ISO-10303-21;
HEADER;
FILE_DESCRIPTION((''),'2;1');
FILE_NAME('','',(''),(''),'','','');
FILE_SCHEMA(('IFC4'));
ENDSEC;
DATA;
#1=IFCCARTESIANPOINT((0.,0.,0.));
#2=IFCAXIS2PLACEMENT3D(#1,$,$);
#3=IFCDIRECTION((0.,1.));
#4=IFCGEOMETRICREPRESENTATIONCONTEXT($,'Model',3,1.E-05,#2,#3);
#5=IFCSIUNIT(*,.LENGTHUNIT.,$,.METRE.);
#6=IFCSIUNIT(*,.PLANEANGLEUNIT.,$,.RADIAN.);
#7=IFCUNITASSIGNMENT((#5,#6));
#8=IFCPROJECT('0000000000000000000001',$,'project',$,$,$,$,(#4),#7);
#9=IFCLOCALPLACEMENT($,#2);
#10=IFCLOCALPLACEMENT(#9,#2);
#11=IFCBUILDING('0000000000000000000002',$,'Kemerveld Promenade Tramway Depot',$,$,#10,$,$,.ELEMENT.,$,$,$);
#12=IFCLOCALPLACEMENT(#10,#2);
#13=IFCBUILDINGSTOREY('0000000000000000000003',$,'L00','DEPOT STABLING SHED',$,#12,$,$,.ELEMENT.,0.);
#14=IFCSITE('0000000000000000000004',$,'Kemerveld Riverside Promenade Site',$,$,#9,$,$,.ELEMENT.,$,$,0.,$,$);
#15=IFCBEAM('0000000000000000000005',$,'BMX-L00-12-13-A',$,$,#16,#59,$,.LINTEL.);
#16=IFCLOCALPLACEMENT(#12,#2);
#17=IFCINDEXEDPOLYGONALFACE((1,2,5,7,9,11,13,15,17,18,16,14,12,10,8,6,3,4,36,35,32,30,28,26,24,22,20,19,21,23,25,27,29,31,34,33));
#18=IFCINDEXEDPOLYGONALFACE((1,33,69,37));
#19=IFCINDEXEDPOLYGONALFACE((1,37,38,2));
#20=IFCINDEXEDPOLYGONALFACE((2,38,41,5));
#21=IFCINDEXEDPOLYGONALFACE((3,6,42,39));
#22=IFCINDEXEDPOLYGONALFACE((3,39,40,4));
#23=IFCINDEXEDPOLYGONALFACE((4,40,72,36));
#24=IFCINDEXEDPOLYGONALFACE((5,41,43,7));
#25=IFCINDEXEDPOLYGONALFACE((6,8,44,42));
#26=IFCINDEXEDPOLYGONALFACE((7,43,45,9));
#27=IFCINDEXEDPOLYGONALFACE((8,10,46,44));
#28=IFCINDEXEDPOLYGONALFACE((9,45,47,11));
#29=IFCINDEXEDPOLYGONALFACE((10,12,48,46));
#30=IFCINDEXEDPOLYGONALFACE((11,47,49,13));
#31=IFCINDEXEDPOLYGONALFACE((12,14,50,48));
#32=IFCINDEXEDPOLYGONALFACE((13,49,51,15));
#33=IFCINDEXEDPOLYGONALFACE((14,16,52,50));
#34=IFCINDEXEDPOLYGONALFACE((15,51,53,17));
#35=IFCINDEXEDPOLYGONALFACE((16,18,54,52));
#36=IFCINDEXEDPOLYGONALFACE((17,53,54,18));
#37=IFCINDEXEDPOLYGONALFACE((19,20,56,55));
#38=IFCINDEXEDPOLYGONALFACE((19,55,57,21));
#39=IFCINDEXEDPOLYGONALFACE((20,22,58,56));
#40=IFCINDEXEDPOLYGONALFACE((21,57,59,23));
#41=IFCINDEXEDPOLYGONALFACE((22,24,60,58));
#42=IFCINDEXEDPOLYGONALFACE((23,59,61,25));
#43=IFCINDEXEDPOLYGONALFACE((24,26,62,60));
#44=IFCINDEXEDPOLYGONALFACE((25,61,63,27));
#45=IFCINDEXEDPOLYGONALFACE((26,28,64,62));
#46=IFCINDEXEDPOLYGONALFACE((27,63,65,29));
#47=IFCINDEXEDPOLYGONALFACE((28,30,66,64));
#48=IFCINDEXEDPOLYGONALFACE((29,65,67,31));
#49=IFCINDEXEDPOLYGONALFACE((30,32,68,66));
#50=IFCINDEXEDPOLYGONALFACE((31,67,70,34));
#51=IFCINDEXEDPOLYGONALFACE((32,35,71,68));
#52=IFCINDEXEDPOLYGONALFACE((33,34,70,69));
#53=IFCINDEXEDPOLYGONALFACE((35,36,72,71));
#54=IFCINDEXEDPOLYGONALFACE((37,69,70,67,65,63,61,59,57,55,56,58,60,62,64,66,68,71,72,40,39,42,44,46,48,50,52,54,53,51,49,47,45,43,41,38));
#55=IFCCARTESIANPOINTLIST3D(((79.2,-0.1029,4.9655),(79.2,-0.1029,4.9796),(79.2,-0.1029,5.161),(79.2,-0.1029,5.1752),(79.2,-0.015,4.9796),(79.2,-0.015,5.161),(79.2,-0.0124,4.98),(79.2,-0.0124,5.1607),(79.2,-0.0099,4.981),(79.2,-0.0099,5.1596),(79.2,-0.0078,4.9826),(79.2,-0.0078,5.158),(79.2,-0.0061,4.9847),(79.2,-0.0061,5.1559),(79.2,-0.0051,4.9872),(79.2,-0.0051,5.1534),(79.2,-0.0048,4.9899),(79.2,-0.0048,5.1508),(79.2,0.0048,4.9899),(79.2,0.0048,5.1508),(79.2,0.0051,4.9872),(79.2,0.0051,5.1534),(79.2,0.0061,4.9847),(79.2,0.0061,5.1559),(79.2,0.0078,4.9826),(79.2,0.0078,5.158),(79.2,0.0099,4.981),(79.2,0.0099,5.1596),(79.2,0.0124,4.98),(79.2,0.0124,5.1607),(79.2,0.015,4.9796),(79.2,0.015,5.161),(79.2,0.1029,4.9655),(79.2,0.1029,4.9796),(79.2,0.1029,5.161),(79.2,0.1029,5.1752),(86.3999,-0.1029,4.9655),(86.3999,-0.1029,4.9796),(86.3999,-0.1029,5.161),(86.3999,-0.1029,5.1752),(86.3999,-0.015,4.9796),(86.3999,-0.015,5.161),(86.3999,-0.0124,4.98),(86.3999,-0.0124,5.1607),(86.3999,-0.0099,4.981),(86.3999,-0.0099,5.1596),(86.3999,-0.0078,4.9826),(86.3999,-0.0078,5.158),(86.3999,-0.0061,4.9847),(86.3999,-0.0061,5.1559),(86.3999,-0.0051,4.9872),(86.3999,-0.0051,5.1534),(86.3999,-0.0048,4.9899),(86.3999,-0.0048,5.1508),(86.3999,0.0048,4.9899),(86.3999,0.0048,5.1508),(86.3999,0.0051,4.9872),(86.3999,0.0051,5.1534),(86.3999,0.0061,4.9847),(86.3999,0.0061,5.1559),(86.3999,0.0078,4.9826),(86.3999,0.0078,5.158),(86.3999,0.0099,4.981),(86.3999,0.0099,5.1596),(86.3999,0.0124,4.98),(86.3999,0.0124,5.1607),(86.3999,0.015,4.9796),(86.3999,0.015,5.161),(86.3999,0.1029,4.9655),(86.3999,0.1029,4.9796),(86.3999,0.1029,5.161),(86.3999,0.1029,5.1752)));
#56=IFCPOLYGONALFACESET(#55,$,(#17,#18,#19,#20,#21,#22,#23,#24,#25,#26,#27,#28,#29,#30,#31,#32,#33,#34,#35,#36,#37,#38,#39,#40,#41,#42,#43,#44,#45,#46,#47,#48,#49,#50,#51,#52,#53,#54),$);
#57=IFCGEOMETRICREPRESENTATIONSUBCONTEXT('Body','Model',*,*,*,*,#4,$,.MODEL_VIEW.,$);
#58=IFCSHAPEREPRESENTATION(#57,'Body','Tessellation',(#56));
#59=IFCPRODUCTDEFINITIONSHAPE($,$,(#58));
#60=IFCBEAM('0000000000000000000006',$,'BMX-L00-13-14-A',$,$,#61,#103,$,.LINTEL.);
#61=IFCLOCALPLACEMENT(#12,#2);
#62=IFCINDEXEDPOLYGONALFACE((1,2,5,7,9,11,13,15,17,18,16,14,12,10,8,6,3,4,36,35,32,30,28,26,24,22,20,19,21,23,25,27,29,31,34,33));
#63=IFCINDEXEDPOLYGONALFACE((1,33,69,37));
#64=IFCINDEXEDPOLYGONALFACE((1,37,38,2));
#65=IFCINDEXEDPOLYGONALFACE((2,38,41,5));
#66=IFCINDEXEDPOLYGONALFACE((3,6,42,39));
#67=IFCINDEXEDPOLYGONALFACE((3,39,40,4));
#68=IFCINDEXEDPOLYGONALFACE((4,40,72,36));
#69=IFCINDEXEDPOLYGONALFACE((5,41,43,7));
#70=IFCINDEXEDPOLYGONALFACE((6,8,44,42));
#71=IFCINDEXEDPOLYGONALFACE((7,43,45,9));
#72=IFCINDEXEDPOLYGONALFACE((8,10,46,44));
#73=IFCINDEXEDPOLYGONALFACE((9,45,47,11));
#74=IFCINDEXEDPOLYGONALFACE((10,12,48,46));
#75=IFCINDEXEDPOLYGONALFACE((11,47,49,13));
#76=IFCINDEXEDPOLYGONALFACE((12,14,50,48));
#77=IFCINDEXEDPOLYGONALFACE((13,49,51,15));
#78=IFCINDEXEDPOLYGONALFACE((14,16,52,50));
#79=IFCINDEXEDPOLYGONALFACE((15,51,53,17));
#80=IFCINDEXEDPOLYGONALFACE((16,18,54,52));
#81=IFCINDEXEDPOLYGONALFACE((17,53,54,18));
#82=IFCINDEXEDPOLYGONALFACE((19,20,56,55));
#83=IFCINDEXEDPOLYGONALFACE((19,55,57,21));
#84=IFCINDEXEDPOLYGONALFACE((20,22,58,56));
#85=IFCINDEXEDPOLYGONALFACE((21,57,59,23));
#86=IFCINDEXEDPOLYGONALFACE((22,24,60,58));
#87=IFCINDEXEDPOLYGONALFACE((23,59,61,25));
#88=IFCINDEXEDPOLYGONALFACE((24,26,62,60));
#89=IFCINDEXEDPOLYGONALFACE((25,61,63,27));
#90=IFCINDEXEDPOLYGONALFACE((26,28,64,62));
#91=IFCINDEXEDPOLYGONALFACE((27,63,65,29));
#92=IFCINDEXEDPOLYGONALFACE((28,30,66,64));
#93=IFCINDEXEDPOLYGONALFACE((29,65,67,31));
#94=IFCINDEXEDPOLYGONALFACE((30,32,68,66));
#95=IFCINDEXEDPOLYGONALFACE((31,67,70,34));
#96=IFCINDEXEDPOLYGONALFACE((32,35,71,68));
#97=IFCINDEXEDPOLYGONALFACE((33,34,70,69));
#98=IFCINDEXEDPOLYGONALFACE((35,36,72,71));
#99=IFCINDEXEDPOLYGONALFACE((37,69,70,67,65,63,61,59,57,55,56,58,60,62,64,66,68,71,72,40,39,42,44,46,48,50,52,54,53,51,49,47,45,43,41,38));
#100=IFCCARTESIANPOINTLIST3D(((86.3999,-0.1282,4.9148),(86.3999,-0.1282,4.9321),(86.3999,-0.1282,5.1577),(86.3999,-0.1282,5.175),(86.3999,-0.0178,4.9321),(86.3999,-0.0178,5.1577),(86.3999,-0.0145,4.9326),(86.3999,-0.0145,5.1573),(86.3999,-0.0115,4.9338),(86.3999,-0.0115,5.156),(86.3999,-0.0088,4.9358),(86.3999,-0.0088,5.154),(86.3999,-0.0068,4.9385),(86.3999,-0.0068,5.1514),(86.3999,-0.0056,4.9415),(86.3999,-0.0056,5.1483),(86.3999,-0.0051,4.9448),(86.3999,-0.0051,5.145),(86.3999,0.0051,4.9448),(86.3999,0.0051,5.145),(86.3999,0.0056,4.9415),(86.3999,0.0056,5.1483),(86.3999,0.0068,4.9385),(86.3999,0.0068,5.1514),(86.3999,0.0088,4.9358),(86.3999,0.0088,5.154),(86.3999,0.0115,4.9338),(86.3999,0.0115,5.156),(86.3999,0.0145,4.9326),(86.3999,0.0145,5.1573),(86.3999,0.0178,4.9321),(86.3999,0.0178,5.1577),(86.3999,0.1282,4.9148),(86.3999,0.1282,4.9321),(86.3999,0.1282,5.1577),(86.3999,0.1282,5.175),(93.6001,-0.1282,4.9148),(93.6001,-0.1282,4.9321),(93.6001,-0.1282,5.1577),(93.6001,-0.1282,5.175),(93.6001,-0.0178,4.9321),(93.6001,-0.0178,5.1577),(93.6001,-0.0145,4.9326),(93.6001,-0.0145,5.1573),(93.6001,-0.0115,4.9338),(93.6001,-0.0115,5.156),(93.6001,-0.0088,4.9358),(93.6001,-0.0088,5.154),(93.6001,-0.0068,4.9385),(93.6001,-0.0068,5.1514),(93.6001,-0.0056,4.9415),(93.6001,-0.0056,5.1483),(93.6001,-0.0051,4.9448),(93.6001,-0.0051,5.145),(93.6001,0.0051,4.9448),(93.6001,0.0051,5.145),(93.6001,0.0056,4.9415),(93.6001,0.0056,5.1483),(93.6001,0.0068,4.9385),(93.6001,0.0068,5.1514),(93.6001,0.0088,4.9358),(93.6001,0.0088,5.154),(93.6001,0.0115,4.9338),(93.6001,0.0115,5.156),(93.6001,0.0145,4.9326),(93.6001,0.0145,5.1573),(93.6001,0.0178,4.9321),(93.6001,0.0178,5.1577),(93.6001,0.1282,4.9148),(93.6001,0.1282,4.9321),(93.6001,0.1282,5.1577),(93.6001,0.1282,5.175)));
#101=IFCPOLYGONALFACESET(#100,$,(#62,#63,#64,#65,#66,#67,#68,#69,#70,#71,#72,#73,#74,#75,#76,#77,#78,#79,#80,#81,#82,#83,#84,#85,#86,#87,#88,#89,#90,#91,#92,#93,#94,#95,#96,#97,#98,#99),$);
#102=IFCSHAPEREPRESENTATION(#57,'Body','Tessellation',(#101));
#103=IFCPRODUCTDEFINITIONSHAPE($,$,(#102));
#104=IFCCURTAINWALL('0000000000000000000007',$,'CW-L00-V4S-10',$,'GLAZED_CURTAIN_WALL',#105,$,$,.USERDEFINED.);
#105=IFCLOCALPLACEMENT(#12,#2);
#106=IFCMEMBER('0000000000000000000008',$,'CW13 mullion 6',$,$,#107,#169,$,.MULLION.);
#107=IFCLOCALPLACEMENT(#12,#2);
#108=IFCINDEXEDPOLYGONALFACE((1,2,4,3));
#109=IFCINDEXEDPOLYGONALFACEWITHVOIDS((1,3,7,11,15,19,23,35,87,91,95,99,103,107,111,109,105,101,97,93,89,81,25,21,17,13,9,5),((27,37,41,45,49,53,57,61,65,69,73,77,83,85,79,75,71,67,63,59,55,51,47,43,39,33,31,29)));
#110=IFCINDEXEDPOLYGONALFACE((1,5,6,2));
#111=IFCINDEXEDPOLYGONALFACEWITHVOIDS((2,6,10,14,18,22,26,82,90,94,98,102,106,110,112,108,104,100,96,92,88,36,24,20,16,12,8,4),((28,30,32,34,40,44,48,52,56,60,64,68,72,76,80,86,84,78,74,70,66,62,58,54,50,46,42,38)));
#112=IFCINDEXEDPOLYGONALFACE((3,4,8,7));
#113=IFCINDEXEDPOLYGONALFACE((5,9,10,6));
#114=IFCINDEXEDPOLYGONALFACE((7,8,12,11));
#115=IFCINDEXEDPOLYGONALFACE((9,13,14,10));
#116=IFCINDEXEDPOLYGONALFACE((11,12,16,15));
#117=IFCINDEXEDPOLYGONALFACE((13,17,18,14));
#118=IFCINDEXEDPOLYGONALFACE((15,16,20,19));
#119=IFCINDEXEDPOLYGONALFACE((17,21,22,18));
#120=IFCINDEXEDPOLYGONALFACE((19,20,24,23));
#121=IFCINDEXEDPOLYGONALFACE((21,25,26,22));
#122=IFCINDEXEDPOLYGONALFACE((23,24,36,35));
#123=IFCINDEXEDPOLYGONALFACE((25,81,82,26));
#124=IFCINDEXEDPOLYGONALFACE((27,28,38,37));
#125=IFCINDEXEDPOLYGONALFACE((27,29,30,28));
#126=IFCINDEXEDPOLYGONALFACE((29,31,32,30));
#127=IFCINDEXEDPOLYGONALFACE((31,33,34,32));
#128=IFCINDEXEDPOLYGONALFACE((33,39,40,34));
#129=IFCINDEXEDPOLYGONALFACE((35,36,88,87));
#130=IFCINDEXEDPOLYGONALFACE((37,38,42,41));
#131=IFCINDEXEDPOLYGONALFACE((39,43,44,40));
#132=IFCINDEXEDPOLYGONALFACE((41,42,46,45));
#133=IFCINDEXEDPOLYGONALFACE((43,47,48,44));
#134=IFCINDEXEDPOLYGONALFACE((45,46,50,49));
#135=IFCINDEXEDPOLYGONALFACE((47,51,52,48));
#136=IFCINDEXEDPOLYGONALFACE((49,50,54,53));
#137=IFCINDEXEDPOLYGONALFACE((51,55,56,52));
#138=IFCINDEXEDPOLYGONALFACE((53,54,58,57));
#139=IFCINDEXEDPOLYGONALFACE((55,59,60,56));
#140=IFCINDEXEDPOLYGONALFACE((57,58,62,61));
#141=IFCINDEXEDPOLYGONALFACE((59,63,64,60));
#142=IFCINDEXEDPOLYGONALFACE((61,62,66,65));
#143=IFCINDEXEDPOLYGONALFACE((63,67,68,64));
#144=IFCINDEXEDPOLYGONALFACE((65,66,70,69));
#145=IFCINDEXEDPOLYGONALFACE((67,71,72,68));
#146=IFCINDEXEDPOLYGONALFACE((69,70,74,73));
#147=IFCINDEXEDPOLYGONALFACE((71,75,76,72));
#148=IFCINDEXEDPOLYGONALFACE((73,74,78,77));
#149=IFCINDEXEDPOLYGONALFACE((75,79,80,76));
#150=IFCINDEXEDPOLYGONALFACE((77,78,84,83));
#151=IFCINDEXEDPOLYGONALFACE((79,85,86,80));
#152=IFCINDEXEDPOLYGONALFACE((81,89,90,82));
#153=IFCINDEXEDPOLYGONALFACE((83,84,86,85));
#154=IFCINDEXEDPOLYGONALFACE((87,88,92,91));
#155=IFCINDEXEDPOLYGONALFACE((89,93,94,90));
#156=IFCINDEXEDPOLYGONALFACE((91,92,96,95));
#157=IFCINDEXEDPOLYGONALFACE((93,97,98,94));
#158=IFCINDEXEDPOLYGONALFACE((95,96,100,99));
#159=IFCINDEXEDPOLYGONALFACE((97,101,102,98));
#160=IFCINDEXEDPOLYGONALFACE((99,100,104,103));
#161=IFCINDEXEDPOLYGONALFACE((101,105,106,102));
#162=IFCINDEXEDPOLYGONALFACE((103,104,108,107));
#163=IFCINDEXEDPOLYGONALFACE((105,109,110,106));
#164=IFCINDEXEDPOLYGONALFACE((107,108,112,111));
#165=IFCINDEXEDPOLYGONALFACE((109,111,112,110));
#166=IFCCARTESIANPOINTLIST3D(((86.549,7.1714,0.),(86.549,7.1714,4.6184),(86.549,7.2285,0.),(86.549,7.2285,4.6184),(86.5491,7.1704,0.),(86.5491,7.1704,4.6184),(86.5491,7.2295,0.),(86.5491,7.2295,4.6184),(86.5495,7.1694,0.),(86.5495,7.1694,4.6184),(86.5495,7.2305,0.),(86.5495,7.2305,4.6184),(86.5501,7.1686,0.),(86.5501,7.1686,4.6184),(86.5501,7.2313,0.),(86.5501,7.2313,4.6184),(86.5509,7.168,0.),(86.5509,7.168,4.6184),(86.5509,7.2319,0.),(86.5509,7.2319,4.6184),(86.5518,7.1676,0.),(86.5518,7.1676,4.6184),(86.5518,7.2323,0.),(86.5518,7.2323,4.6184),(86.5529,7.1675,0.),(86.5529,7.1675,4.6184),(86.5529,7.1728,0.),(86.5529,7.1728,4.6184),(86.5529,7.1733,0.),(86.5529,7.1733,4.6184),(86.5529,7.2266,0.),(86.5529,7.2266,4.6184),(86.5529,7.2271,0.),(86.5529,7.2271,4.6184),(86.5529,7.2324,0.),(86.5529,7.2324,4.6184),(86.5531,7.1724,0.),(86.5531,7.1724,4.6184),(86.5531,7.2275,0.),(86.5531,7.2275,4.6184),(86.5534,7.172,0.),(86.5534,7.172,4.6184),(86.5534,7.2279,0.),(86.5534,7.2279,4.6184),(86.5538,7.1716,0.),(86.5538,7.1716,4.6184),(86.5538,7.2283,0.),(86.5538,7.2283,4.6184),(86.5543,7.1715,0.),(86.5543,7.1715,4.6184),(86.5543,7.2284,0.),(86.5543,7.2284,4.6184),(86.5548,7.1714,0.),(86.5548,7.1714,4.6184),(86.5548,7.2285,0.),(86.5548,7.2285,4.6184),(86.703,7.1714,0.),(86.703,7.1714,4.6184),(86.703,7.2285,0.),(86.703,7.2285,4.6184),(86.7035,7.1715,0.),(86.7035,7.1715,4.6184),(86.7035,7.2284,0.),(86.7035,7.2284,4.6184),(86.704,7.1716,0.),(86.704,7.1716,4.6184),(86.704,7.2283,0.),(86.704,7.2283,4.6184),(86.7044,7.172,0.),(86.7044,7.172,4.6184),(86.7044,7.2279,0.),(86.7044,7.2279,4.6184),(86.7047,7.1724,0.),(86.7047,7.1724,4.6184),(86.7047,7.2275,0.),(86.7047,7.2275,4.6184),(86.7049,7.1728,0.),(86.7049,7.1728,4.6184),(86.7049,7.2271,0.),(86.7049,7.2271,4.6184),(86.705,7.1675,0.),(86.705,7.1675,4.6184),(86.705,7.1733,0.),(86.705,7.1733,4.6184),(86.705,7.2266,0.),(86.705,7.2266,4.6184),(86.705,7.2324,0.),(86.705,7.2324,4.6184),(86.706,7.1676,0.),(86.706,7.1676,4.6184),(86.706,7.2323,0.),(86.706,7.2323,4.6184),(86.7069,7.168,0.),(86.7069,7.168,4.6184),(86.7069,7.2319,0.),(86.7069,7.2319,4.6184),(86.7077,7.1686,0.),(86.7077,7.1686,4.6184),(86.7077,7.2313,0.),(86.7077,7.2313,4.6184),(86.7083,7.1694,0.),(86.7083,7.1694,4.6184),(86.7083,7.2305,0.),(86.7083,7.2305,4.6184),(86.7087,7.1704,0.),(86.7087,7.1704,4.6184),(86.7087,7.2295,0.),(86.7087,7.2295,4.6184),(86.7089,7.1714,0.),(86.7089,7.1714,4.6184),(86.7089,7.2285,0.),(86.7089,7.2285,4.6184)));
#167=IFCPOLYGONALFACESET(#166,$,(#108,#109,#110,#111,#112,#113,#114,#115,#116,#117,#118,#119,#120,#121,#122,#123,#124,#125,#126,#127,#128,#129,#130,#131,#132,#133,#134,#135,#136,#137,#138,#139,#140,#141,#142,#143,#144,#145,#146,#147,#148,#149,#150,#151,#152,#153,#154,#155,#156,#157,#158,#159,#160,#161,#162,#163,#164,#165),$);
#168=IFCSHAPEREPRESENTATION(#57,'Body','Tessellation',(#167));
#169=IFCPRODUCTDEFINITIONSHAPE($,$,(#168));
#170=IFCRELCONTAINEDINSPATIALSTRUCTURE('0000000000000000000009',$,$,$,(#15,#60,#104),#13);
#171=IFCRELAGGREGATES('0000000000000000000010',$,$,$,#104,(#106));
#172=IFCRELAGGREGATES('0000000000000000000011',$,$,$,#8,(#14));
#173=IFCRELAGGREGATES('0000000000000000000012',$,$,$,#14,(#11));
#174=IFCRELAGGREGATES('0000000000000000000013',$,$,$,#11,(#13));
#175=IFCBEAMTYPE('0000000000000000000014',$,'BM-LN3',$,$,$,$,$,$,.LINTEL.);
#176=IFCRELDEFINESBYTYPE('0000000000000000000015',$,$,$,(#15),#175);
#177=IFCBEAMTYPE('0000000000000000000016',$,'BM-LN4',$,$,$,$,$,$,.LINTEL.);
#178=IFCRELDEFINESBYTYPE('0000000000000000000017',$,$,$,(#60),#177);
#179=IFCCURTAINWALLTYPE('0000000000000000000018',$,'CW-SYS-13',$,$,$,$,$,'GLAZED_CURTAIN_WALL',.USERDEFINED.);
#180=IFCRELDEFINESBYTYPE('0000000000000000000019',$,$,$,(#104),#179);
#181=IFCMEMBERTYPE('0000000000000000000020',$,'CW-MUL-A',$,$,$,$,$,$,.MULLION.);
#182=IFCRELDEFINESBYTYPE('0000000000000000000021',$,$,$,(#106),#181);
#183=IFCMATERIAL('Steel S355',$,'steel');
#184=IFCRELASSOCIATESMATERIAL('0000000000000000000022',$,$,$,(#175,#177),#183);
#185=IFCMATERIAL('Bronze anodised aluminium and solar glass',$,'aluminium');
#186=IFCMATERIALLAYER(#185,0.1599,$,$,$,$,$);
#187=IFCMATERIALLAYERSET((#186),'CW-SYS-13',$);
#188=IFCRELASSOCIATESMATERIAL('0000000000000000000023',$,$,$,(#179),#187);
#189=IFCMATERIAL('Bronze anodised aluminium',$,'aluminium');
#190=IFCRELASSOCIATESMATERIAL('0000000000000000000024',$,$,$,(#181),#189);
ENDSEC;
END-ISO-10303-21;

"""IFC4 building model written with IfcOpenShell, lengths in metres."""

from ifc_helpers import new_model, si_unit, direction, frame, origin, origin_2d, place, context, subcontext, project, spatial, hollow_rectangle, i_section, extrude, material, layer, layer_set, material_profile, profile_set, type_object, element, aggregate, save


model = new_model("IFC4")

# Units and contexts
model_context = context("Model", 3, precision=1e-05, world=origin(), true_north=direction((0.0, 1.0)))
body_context = subcontext(model_context, "Body", "Model", "MODEL_VIEW")
ifc_project = project(units=[si_unit("LENGTHUNIT", "METRE"), si_unit("PLANEANGLEUNIT", "RADIAN")], contexts=[model_context])

# Site, building, storey
site_placement = place(None, origin())
site = spatial("IfcSite", under=ifc_project, at=site_placement, Name="Kemerveld Riverside Promenade Site", CompositionType="ELEMENT", RefElevation=0.0)
building_placement = place(site_placement, origin())
building = spatial("IfcBuilding", under=site, at=building_placement, Name="Kemerveld Promenade Tramway Depot", CompositionType="ELEMENT")
storey_placement = place(building_placement, origin())
storey = spatial("IfcBuildingStorey", under=building, at=storey_placement, Name="L00", Description="DEPOT STABLING SHED", CompositionType="ELEMENT", Elevation=0.0)

# Shared definitions
ifc_material_1 = material(Name="Steel S355", Category="steel")

# Beams
ifc_material_profile_1 = material_profile(ifc_material_1, i_section(OverallWidth=0.2058, OverallDepth=0.2097, WebThickness=0.0095, FlangeThickness=0.0142, FilletRadius=0.0103, at=origin_2d()), Name="203x203x60 UC")
ifc_profile_set_1 = profile_set([ifc_material_profile_1], Name="Steel S355")
beam_type_1 = type_object("IfcBeamType", Name="BM-LN3", PredefinedType="LINTEL", material=ifc_profile_set_1)
beam_1_placement = place(storey_placement, frame((79.2, 0.0, 5.0703), z_axis=(1.0, 0.0, 0.0), x_axis=(0.0, 1.0, 0.0)))
element("IfcBeam", 1, at=beam_1_placement, inside=storey, type_object=beam_type_1, Name="BMX-L00-12-13-A", PredefinedType="LINTEL", context=body_context, shape_type="SweptSolid", body=[
    extrude(i_section(OverallWidth=0.2058, OverallDepth=0.2097, WebThickness=0.0095, FlangeThickness=0.0142, FilletRadius=0.0103, at=origin_2d()), origin(), (0.0, 0.0, 1.0), 7.2),
])
ifc_material_profile_2 = material_profile(ifc_material_1, i_section(OverallWidth=0.2563, OverallDepth=0.2603, WebThickness=0.0103, FlangeThickness=0.0173, FilletRadius=0.0127, at=origin_2d()), Name="254x254x89 UC")
ifc_profile_set_2 = profile_set([ifc_material_profile_2], Name="Steel S355")
beam_type_2 = type_object("IfcBeamType", Name="BM-LN4", PredefinedType="LINTEL", material=ifc_profile_set_2)
beam_2_placement = place(storey_placement, frame((86.3999, 0.0, 5.0449), z_axis=(1.0, 0.0, 0.0), x_axis=(0.0, 1.0, 0.0)))
element("IfcBeam", 2, at=beam_2_placement, inside=storey, type_object=beam_type_2, Name="BMX-L00-13-14-A", PredefinedType="LINTEL", context=body_context, shape_type="SweptSolid", body=[
    extrude(i_section(OverallWidth=0.2563, OverallDepth=0.2603, WebThickness=0.0103, FlangeThickness=0.0173, FilletRadius=0.0127, at=origin_2d()), origin(), (0.0, 0.0, 1.0), 7.2002),
])

# Curtain wall, member
ifc_material_2 = material(Name="Bronze anodised aluminium and solar glass", Category="aluminium")
ifc_layer_1 = layer(ifc_material_2, 0.1599)
ifc_layer_set_1 = layer_set([ifc_layer_1], Name="CW-SYS-13")
curtain_wall_type_1 = type_object("IfcCurtainWallType", Name="CW-SYS-13", ElementType="GLAZED_CURTAIN_WALL", PredefinedType="USERDEFINED", material=ifc_layer_set_1)
curtain_wall_1_placement = place(storey_placement, origin())
curtain_wall_1 = element("IfcCurtainWall", 3, at=curtain_wall_1_placement, inside=storey, type_object=curtain_wall_type_1, Name="CW-L00-V4S-10", ObjectType="GLAZED_CURTAIN_WALL", PredefinedType="USERDEFINED")
ifc_material_3 = material(Name="Bronze anodised aluminium", Category="aluminium")
ifc_material_profile_3 = material_profile(ifc_material_3, hollow_rectangle(XDim=0.0649, YDim=0.1599, WallThickness=0.0039, InnerFilletRadius=0.002, OuterFilletRadius=0.0039, at=origin_2d()), Name="CW-MUL-160x65")
ifc_profile_set_3 = profile_set([ifc_material_profile_3], Name="Bronze anodised aluminium")
member_type_1 = type_object("IfcMemberType", Name="CW-MUL-A", PredefinedType="MULLION", material=ifc_profile_set_3)
member_1_placement = place(storey_placement, frame((86.6289, 7.2, 0.0), z_axis=(0.0, 0.0, 1.0), x_axis=(0.0, -1.0, 0.0)))
member_1 = element("IfcMember", 4, at=member_1_placement, type_object=member_type_1, Name="CW13 mullion 6", PredefinedType="MULLION", context=body_context, shape_type="SweptSolid", body=[
    extrude(hollow_rectangle(XDim=0.0649, YDim=0.1599, WallThickness=0.0039, InnerFilletRadius=0.002, OuterFilletRadius=0.0039, at=origin_2d()), origin(), (0.0, 0.0, 1.0), 4.6184),
])

aggregate(curtain_wall_1, [member_1])

save(model, "model.ifc")
